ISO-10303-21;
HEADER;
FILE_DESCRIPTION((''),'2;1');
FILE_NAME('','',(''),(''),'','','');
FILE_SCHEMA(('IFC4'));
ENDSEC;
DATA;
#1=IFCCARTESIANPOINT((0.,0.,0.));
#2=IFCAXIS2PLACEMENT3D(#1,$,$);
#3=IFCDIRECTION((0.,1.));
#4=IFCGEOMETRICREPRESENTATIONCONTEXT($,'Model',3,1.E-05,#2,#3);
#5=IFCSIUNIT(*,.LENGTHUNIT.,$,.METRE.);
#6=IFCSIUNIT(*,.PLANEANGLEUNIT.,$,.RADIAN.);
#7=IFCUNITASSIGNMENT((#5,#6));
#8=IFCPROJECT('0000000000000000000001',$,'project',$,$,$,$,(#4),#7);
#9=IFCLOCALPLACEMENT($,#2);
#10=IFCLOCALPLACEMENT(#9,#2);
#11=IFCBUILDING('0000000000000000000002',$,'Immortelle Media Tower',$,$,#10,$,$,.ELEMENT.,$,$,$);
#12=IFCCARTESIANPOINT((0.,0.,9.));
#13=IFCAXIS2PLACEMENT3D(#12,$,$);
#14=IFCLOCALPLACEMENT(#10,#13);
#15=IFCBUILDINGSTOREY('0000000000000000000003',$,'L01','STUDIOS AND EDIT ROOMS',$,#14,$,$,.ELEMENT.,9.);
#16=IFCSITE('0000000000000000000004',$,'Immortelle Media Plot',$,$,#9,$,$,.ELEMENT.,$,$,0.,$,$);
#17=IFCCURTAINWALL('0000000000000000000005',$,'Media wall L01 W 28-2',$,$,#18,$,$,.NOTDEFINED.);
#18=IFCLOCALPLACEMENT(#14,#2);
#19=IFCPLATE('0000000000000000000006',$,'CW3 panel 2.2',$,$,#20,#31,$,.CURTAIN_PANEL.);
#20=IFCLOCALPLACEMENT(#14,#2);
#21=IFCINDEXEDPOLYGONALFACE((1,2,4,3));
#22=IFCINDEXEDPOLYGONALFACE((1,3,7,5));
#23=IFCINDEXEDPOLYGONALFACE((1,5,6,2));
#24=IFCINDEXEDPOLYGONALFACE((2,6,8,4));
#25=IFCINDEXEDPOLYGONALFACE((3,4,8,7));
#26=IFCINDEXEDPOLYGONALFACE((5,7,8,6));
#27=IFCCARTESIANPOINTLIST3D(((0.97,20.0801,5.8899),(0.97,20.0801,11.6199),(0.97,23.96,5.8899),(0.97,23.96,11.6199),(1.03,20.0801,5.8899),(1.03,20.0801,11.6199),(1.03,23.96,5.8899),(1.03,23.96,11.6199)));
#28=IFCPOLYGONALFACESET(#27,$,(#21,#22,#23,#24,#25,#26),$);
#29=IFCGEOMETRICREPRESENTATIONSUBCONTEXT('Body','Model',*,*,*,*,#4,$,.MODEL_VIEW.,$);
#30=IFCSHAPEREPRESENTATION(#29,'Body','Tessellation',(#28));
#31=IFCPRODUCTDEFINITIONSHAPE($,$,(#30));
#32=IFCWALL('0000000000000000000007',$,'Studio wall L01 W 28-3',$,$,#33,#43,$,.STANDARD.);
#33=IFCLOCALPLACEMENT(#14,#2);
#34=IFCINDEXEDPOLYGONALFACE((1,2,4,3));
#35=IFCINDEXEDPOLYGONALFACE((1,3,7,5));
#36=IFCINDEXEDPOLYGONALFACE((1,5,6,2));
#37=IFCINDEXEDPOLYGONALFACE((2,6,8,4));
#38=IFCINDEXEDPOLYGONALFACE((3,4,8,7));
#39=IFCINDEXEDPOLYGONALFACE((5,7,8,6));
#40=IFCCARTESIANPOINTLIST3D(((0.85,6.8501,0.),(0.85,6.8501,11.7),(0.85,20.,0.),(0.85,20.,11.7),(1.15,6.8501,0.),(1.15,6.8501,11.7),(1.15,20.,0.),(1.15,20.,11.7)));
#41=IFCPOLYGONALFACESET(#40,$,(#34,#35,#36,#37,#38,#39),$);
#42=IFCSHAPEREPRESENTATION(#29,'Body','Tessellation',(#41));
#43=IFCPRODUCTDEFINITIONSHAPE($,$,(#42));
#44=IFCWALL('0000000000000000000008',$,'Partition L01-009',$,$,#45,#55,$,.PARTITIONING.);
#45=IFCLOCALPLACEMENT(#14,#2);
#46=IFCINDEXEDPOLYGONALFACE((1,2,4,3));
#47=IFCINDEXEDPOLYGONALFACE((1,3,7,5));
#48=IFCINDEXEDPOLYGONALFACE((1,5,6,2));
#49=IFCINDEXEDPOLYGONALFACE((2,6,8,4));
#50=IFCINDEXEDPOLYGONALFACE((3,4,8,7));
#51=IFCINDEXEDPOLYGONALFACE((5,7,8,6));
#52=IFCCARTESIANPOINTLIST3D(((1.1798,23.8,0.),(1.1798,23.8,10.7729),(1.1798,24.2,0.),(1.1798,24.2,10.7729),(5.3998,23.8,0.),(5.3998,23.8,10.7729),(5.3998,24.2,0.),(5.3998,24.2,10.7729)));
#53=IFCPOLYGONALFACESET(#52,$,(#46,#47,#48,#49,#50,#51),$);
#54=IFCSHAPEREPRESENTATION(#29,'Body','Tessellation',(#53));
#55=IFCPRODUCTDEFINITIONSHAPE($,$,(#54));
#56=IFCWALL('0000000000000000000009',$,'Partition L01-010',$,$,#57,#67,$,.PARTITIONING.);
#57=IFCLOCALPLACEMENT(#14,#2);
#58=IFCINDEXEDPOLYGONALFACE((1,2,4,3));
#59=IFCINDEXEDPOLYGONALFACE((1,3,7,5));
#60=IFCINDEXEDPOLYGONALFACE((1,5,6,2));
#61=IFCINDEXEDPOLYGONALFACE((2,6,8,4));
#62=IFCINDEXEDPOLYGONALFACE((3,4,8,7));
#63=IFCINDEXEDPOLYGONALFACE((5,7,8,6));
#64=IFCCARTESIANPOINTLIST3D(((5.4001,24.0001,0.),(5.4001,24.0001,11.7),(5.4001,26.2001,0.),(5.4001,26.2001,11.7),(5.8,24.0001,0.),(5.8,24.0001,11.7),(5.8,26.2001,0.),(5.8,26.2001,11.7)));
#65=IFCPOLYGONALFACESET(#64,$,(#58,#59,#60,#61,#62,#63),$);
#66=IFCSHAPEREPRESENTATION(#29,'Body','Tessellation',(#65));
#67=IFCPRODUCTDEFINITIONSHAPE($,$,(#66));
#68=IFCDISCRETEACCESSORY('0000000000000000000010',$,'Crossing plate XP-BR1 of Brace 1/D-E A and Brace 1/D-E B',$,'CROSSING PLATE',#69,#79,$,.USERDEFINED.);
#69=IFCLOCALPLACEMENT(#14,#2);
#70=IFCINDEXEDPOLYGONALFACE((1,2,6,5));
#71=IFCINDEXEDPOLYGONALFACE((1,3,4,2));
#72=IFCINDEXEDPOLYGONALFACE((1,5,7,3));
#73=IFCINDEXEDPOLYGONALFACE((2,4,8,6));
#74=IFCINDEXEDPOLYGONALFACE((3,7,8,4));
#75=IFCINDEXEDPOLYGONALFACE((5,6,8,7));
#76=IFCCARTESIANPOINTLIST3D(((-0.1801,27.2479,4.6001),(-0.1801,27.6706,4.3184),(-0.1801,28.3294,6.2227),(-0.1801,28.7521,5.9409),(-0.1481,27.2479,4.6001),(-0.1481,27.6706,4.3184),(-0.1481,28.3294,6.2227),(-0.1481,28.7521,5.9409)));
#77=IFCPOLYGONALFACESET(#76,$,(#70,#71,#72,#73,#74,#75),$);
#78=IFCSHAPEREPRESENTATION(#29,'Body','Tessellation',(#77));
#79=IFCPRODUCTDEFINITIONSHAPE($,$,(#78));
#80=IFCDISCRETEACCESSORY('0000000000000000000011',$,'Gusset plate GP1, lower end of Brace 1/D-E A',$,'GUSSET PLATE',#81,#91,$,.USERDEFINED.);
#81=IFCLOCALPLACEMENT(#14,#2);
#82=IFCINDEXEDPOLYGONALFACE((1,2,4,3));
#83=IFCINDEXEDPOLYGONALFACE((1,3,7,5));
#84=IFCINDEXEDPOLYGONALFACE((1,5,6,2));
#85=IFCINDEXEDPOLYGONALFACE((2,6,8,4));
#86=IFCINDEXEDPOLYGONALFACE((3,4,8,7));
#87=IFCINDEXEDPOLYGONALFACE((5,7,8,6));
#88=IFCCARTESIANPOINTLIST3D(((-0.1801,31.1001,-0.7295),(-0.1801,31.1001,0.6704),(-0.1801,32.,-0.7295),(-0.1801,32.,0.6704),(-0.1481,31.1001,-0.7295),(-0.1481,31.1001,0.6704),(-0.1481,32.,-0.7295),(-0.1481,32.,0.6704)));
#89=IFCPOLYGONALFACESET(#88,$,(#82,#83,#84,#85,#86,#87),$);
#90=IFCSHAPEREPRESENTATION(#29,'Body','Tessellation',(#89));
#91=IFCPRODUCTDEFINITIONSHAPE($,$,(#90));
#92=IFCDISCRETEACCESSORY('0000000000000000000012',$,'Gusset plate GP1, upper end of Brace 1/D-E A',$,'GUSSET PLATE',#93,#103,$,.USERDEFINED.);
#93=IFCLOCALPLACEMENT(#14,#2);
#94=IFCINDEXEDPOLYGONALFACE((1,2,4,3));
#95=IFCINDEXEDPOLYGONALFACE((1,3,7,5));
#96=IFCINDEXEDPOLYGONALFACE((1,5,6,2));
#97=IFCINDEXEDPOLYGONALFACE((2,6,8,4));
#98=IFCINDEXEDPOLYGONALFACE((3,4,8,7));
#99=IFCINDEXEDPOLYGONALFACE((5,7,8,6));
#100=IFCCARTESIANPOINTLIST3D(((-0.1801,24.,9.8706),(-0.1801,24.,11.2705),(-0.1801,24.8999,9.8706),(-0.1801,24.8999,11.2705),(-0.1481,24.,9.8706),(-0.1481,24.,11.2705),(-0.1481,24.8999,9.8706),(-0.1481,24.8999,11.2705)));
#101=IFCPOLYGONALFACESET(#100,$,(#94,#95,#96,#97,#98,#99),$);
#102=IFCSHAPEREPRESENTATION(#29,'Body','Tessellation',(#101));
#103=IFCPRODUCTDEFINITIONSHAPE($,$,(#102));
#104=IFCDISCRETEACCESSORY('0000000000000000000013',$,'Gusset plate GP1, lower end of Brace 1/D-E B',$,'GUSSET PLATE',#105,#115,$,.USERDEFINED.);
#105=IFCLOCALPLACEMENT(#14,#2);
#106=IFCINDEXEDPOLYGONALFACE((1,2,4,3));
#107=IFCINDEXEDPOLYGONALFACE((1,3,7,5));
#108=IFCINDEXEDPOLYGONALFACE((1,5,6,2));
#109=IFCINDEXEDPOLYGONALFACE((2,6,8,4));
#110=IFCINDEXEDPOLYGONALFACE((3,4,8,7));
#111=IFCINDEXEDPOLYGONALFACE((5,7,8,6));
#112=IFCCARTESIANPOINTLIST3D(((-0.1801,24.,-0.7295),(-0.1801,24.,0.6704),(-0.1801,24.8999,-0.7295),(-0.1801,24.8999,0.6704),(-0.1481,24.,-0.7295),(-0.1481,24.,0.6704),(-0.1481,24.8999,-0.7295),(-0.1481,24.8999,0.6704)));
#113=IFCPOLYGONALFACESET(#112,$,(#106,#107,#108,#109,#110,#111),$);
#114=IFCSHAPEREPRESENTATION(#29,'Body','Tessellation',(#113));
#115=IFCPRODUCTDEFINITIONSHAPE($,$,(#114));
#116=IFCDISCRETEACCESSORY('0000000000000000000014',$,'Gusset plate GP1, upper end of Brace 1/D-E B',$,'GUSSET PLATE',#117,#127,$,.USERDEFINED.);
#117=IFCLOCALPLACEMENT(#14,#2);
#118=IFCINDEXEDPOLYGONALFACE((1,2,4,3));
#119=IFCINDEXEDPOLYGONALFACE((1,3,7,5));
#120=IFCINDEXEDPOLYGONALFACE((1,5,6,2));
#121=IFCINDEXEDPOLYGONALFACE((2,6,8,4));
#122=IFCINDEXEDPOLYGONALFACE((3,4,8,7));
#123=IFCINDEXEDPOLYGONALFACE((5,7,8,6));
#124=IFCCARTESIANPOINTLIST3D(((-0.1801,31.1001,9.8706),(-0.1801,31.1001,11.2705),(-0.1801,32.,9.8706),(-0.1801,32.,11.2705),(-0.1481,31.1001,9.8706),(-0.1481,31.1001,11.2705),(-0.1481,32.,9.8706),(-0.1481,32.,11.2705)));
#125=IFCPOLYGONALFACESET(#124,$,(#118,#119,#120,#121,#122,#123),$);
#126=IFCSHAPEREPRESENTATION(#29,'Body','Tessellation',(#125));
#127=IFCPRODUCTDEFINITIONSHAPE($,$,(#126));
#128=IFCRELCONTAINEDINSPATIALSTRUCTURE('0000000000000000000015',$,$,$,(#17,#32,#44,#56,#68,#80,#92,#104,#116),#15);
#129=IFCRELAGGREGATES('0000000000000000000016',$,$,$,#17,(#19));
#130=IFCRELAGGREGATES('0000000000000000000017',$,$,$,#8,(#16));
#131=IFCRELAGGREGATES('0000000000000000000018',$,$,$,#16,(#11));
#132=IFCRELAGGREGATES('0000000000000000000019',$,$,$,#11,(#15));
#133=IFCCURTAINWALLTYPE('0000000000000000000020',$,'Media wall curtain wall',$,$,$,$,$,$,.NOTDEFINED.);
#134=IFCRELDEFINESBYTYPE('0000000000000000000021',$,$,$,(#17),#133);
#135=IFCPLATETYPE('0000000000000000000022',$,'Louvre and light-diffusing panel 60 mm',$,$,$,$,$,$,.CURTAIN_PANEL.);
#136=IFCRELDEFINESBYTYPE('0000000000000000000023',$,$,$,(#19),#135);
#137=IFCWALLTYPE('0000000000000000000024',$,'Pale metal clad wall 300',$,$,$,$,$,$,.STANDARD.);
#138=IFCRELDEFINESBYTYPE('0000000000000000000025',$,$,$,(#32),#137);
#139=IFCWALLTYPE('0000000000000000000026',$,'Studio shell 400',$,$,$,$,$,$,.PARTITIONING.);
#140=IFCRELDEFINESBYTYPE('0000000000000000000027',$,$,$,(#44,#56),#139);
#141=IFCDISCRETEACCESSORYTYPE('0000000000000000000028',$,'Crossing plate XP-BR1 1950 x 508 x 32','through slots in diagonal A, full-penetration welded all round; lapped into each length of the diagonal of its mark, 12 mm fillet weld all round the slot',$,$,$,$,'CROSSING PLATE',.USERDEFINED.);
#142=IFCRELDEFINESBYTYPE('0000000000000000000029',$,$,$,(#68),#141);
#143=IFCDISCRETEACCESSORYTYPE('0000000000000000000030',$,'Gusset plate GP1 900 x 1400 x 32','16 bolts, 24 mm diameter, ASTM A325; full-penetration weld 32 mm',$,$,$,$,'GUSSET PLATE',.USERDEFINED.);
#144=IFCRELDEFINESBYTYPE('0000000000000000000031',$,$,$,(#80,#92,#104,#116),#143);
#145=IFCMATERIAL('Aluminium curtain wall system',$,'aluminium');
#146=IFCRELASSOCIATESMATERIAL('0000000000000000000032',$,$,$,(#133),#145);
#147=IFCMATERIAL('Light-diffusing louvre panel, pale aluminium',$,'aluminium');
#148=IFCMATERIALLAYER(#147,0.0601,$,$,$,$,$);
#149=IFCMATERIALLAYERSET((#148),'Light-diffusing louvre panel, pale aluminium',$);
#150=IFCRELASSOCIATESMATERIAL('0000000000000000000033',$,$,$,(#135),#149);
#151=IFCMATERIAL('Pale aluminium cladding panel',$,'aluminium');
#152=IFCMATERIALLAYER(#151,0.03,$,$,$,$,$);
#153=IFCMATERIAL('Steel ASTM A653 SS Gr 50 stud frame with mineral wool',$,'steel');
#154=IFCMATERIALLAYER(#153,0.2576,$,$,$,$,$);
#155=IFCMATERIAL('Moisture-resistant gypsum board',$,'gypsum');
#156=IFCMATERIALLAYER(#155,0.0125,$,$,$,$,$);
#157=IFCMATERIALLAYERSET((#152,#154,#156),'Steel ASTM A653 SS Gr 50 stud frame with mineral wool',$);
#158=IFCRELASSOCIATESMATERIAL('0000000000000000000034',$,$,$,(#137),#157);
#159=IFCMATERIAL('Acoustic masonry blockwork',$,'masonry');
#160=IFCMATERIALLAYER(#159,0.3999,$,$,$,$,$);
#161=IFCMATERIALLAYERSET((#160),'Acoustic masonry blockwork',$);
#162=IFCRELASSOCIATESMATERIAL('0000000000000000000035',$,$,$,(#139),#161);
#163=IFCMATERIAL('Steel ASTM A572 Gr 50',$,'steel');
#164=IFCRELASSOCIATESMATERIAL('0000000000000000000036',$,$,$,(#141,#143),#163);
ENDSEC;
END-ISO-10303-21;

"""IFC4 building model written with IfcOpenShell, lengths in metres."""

from ifc_helpers import new_model, si_unit, direction, frame, frame_2d, origin, origin_2d, place, context, subcontext, project, spatial, rectangle, extrude, material, layer, layer_set, material_profile, profile_set, type_object, element, aggregate, save


model = new_model("IFC4")

# Units and contexts
model_context = context("Model", 3, precision=1e-05, world=origin(), true_north=direction((0.0, 1.0)))
body_context = subcontext(model_context, "Body", "Model", "MODEL_VIEW")
ifc_project = project(units=[si_unit("LENGTHUNIT", "METRE"), si_unit("PLANEANGLEUNIT", "RADIAN")], contexts=[model_context])

# Site, building, storey
site_placement = place(None, origin())
site = spatial("IfcSite", under=ifc_project, at=site_placement, Name="Immortelle Media Plot", CompositionType="ELEMENT", RefElevation=0.0)
building_placement = place(site_placement, origin())
building = spatial("IfcBuilding", under=site, at=building_placement, Name="Immortelle Media Tower", CompositionType="ELEMENT")
storey_placement = place(building_placement, frame((0.0, 0.0, 9.0)))
storey = spatial("IfcBuildingStorey", under=building, at=storey_placement, Name="L01", Description="STUDIOS AND EDIT ROOMS", CompositionType="ELEMENT", Elevation=9.0)

# Curtain wall
ifc_material_1 = material(Name="Aluminium curtain wall system", Category="aluminium")
curtain_wall_type = type_object("IfcCurtainWallType", Name="Media wall curtain wall", PredefinedType="NOTDEFINED", material=ifc_material_1)
curtain_wall_placement = place(storey_placement, origin())
curtain_wall = element("IfcCurtainWall", 1, at=curtain_wall_placement, inside=storey, type_object=curtain_wall_type, Name="Media wall L01 W 28-2", PredefinedType="NOTDEFINED")

# Plate
ifc_material_2 = material(Name="Light-diffusing louvre panel, pale aluminium", Category="aluminium")
ifc_layer_1 = layer(ifc_material_2, 0.0601)
ifc_layer_set_1 = layer_set([ifc_layer_1], Name="Light-diffusing louvre panel, pale aluminium")
plate_type = type_object("IfcPlateType", Name="Louvre and light-diffusing panel 60 mm", PredefinedType="CURTAIN_PANEL", material=ifc_layer_set_1)
plate_1_placement = place(storey_placement, frame((1.0, 22.02, 5.8899), z_axis=(0.0, 0.0, 1.0), x_axis=(0.0, -1.0, 0.0)))
plate_1 = element("IfcPlate", 2, at=plate_1_placement, type_object=plate_type, Name="CW3 panel 2.2", PredefinedType="CURTAIN_PANEL", context=body_context, shape_type="SweptSolid", body=[
    extrude(rectangle(XDim=3.8799, YDim=0.0601, at=origin_2d()), origin(), (0.0, 0.0, 1.0), 5.73),
])
aggregate(curtain_wall, [plate_1])

# Walls
ifc_material_3 = material(Name="Pale aluminium cladding panel", Category="aluminium")
ifc_layer_2 = layer(ifc_material_3, 0.03)
ifc_material_4 = material(Name="Steel ASTM A653 SS Gr 50 stud frame with mineral wool", Category="steel")
ifc_layer_3 = layer(ifc_material_4, 0.2576)
ifc_material_5 = material(Name="Moisture-resistant gypsum board", Category="gypsum")
ifc_layer_4 = layer(ifc_material_5, 0.0125)
ifc_layer_set_2 = layer_set([ifc_layer_2, ifc_layer_3, ifc_layer_4], Name="Steel ASTM A653 SS Gr 50 stud frame with mineral wool")
wall_type_1 = type_object("IfcWallType", Name="Pale metal clad wall 300", PredefinedType="STANDARD", material=ifc_layer_set_2)
wall_1_placement = place(storey_placement, frame((1.0, 20.0, 0.0), z_axis=(0.0, 0.0, 1.0), x_axis=(0.0, -1.0, 0.0)))
element("IfcWall", 3, at=wall_1_placement, inside=storey, type_object=wall_type_1, Name="Studio wall L01 W 28-3", PredefinedType="STANDARD", context=body_context, shape_type="SweptSolid", body=[
    extrude(rectangle(XDim=13.1499, YDim=0.3, at=frame_2d((6.575, 0.0))), origin(), (0.0, 0.0, 1.0), 11.7),
])
ifc_material_6 = material(Name="Acoustic masonry blockwork", Category="masonry")
ifc_layer_5 = layer(ifc_material_6, 0.3999)
ifc_layer_set_3 = layer_set([ifc_layer_5], Name="Acoustic masonry blockwork")
wall_type_2 = type_object("IfcWallType", Name="Studio shell 400", PredefinedType="PARTITIONING", material=ifc_layer_set_3)
wall_2_placement = place(storey_placement, frame((1.1799, 24.0, 0.0), z_axis=(0.0, 0.0, 1.0), x_axis=(1.0, 0.0, 0.0)))
element("IfcWall", 4, at=wall_2_placement, inside=storey, type_object=wall_type_2, Name="Partition L01-009", PredefinedType="PARTITIONING", context=body_context, shape_type="SweptSolid", body=[
    extrude(rectangle(XDim=4.22, YDim=0.3999, at=frame_2d((2.1099, 0.0))), origin(), (0.0, 0.0, 1.0), 10.7729),
])
wall_3_placement = place(storey_placement, frame((5.6001, 24.0, 0.0), z_axis=(0.0, 0.0, 1.0), x_axis=(0.0, 1.0, 0.0)))
element("IfcWall", 5, at=wall_3_placement, inside=storey, type_object=wall_type_2, Name="Partition L01-010", PredefinedType="PARTITIONING", context=body_context, shape_type="SweptSolid", body=[
    extrude(rectangle(XDim=2.2, YDim=0.3999, at=frame_2d((1.1001, 0.0))), origin(), (0.0, 0.0, 1.0), 11.7),
])

# Discrete accessories
ifc_material_7 = material(Name="Steel ASTM A572 Gr 50", Category="steel")
ifc_material_profile_1 = material_profile(ifc_material_7, rectangle(XDim=0.032, YDim=0.5081, at=origin_2d()), Name="PL 32 x 508")
ifc_profile_set_1 = profile_set([ifc_material_profile_1], Name="Steel ASTM A572 Gr 50")
discrete_accessory_type_1 = type_object("IfcDiscreteAccessoryType", Name="Crossing plate XP-BR1 1950 x 508 x 32", Description="through slots in diagonal A, full-penetration welded all round; lapped into each length of the diagonal of its mark, 12 mm fillet weld all round the slot", ElementType="CROSSING PLATE", PredefinedType="USERDEFINED", material=ifc_profile_set_1)
discrete_accessory_placement = place(storey_placement, frame((-0.1641, 28.5408, 6.0818), z_axis=(0.0, -0.554642, -0.832089), x_axis=(1.0, 0.0, 0.0)))
element("IfcDiscreteAccessory", 6, at=discrete_accessory_placement, inside=storey, type_object=discrete_accessory_type_1, Name="Crossing plate XP-BR1 of Brace 1/D-E A and Brace 1/D-E B", ObjectType="CROSSING PLATE", PredefinedType="USERDEFINED", context=body_context, shape_type="SweptSolid", body=[
    extrude(rectangle(XDim=0.032, YDim=0.5081, at=origin_2d()), origin(), (0.0, 0.0, 1.0), 1.95),
])
ifc_material_profile_2 = material_profile(ifc_material_7, rectangle(XDim=0.032, YDim=1.3999, at=origin_2d()), Name="PL 32 x 1400")
ifc_profile_set_2 = profile_set([ifc_material_profile_2], Name="Steel ASTM A572 Gr 50")
discrete_accessory_type_2 = type_object("IfcDiscreteAccessoryType", Name="Gusset plate GP1 900 x 1400 x 32", Description="16 bolts, 24 mm diameter, ASTM A325; full-penetration weld 32 mm", ElementType="GUSSET PLATE", PredefinedType="USERDEFINED", material=ifc_profile_set_2)
for number, where, z_axis, x_axis, name in (
    (7, (-0.1641, 32.0, -0.0295), (0.0, -1.0, 0.0), (1.0, 0.0, 0.0), "Gusset plate GP1, lower end of Brace 1/D-E A"),
    (8, (-0.1641, 24.0, 10.5706), (0.0, 1.0, 0.0), (-1.0, 0.0, 0.0), "Gusset plate GP1, upper end of Brace 1/D-E A"),
    (9, (-0.1641, 24.0, -0.0295), (0.0, 1.0, 0.0), (-1.0, 0.0, 0.0), "Gusset plate GP1, lower end of Brace 1/D-E B"),
    (10, (-0.1641, 32.0, 10.5706), (0.0, -1.0, 0.0), (1.0, 0.0, 0.0), "Gusset plate GP1, upper end of Brace 1/D-E B"),
):
    element("IfcDiscreteAccessory", number, at=place(storey_placement, frame(where, z_axis=z_axis, x_axis=x_axis)), inside=storey, type_object=discrete_accessory_type_2, Name=name, ObjectType="GUSSET PLATE", PredefinedType="USERDEFINED", context=body_context, shape_type="SweptSolid", body=[
        extrude(rectangle(XDim=0.032, YDim=1.3999, at=origin_2d()), origin(), (0.0, 0.0, 1.0), 0.8999),
    ])

save(model, "model.ifc")
